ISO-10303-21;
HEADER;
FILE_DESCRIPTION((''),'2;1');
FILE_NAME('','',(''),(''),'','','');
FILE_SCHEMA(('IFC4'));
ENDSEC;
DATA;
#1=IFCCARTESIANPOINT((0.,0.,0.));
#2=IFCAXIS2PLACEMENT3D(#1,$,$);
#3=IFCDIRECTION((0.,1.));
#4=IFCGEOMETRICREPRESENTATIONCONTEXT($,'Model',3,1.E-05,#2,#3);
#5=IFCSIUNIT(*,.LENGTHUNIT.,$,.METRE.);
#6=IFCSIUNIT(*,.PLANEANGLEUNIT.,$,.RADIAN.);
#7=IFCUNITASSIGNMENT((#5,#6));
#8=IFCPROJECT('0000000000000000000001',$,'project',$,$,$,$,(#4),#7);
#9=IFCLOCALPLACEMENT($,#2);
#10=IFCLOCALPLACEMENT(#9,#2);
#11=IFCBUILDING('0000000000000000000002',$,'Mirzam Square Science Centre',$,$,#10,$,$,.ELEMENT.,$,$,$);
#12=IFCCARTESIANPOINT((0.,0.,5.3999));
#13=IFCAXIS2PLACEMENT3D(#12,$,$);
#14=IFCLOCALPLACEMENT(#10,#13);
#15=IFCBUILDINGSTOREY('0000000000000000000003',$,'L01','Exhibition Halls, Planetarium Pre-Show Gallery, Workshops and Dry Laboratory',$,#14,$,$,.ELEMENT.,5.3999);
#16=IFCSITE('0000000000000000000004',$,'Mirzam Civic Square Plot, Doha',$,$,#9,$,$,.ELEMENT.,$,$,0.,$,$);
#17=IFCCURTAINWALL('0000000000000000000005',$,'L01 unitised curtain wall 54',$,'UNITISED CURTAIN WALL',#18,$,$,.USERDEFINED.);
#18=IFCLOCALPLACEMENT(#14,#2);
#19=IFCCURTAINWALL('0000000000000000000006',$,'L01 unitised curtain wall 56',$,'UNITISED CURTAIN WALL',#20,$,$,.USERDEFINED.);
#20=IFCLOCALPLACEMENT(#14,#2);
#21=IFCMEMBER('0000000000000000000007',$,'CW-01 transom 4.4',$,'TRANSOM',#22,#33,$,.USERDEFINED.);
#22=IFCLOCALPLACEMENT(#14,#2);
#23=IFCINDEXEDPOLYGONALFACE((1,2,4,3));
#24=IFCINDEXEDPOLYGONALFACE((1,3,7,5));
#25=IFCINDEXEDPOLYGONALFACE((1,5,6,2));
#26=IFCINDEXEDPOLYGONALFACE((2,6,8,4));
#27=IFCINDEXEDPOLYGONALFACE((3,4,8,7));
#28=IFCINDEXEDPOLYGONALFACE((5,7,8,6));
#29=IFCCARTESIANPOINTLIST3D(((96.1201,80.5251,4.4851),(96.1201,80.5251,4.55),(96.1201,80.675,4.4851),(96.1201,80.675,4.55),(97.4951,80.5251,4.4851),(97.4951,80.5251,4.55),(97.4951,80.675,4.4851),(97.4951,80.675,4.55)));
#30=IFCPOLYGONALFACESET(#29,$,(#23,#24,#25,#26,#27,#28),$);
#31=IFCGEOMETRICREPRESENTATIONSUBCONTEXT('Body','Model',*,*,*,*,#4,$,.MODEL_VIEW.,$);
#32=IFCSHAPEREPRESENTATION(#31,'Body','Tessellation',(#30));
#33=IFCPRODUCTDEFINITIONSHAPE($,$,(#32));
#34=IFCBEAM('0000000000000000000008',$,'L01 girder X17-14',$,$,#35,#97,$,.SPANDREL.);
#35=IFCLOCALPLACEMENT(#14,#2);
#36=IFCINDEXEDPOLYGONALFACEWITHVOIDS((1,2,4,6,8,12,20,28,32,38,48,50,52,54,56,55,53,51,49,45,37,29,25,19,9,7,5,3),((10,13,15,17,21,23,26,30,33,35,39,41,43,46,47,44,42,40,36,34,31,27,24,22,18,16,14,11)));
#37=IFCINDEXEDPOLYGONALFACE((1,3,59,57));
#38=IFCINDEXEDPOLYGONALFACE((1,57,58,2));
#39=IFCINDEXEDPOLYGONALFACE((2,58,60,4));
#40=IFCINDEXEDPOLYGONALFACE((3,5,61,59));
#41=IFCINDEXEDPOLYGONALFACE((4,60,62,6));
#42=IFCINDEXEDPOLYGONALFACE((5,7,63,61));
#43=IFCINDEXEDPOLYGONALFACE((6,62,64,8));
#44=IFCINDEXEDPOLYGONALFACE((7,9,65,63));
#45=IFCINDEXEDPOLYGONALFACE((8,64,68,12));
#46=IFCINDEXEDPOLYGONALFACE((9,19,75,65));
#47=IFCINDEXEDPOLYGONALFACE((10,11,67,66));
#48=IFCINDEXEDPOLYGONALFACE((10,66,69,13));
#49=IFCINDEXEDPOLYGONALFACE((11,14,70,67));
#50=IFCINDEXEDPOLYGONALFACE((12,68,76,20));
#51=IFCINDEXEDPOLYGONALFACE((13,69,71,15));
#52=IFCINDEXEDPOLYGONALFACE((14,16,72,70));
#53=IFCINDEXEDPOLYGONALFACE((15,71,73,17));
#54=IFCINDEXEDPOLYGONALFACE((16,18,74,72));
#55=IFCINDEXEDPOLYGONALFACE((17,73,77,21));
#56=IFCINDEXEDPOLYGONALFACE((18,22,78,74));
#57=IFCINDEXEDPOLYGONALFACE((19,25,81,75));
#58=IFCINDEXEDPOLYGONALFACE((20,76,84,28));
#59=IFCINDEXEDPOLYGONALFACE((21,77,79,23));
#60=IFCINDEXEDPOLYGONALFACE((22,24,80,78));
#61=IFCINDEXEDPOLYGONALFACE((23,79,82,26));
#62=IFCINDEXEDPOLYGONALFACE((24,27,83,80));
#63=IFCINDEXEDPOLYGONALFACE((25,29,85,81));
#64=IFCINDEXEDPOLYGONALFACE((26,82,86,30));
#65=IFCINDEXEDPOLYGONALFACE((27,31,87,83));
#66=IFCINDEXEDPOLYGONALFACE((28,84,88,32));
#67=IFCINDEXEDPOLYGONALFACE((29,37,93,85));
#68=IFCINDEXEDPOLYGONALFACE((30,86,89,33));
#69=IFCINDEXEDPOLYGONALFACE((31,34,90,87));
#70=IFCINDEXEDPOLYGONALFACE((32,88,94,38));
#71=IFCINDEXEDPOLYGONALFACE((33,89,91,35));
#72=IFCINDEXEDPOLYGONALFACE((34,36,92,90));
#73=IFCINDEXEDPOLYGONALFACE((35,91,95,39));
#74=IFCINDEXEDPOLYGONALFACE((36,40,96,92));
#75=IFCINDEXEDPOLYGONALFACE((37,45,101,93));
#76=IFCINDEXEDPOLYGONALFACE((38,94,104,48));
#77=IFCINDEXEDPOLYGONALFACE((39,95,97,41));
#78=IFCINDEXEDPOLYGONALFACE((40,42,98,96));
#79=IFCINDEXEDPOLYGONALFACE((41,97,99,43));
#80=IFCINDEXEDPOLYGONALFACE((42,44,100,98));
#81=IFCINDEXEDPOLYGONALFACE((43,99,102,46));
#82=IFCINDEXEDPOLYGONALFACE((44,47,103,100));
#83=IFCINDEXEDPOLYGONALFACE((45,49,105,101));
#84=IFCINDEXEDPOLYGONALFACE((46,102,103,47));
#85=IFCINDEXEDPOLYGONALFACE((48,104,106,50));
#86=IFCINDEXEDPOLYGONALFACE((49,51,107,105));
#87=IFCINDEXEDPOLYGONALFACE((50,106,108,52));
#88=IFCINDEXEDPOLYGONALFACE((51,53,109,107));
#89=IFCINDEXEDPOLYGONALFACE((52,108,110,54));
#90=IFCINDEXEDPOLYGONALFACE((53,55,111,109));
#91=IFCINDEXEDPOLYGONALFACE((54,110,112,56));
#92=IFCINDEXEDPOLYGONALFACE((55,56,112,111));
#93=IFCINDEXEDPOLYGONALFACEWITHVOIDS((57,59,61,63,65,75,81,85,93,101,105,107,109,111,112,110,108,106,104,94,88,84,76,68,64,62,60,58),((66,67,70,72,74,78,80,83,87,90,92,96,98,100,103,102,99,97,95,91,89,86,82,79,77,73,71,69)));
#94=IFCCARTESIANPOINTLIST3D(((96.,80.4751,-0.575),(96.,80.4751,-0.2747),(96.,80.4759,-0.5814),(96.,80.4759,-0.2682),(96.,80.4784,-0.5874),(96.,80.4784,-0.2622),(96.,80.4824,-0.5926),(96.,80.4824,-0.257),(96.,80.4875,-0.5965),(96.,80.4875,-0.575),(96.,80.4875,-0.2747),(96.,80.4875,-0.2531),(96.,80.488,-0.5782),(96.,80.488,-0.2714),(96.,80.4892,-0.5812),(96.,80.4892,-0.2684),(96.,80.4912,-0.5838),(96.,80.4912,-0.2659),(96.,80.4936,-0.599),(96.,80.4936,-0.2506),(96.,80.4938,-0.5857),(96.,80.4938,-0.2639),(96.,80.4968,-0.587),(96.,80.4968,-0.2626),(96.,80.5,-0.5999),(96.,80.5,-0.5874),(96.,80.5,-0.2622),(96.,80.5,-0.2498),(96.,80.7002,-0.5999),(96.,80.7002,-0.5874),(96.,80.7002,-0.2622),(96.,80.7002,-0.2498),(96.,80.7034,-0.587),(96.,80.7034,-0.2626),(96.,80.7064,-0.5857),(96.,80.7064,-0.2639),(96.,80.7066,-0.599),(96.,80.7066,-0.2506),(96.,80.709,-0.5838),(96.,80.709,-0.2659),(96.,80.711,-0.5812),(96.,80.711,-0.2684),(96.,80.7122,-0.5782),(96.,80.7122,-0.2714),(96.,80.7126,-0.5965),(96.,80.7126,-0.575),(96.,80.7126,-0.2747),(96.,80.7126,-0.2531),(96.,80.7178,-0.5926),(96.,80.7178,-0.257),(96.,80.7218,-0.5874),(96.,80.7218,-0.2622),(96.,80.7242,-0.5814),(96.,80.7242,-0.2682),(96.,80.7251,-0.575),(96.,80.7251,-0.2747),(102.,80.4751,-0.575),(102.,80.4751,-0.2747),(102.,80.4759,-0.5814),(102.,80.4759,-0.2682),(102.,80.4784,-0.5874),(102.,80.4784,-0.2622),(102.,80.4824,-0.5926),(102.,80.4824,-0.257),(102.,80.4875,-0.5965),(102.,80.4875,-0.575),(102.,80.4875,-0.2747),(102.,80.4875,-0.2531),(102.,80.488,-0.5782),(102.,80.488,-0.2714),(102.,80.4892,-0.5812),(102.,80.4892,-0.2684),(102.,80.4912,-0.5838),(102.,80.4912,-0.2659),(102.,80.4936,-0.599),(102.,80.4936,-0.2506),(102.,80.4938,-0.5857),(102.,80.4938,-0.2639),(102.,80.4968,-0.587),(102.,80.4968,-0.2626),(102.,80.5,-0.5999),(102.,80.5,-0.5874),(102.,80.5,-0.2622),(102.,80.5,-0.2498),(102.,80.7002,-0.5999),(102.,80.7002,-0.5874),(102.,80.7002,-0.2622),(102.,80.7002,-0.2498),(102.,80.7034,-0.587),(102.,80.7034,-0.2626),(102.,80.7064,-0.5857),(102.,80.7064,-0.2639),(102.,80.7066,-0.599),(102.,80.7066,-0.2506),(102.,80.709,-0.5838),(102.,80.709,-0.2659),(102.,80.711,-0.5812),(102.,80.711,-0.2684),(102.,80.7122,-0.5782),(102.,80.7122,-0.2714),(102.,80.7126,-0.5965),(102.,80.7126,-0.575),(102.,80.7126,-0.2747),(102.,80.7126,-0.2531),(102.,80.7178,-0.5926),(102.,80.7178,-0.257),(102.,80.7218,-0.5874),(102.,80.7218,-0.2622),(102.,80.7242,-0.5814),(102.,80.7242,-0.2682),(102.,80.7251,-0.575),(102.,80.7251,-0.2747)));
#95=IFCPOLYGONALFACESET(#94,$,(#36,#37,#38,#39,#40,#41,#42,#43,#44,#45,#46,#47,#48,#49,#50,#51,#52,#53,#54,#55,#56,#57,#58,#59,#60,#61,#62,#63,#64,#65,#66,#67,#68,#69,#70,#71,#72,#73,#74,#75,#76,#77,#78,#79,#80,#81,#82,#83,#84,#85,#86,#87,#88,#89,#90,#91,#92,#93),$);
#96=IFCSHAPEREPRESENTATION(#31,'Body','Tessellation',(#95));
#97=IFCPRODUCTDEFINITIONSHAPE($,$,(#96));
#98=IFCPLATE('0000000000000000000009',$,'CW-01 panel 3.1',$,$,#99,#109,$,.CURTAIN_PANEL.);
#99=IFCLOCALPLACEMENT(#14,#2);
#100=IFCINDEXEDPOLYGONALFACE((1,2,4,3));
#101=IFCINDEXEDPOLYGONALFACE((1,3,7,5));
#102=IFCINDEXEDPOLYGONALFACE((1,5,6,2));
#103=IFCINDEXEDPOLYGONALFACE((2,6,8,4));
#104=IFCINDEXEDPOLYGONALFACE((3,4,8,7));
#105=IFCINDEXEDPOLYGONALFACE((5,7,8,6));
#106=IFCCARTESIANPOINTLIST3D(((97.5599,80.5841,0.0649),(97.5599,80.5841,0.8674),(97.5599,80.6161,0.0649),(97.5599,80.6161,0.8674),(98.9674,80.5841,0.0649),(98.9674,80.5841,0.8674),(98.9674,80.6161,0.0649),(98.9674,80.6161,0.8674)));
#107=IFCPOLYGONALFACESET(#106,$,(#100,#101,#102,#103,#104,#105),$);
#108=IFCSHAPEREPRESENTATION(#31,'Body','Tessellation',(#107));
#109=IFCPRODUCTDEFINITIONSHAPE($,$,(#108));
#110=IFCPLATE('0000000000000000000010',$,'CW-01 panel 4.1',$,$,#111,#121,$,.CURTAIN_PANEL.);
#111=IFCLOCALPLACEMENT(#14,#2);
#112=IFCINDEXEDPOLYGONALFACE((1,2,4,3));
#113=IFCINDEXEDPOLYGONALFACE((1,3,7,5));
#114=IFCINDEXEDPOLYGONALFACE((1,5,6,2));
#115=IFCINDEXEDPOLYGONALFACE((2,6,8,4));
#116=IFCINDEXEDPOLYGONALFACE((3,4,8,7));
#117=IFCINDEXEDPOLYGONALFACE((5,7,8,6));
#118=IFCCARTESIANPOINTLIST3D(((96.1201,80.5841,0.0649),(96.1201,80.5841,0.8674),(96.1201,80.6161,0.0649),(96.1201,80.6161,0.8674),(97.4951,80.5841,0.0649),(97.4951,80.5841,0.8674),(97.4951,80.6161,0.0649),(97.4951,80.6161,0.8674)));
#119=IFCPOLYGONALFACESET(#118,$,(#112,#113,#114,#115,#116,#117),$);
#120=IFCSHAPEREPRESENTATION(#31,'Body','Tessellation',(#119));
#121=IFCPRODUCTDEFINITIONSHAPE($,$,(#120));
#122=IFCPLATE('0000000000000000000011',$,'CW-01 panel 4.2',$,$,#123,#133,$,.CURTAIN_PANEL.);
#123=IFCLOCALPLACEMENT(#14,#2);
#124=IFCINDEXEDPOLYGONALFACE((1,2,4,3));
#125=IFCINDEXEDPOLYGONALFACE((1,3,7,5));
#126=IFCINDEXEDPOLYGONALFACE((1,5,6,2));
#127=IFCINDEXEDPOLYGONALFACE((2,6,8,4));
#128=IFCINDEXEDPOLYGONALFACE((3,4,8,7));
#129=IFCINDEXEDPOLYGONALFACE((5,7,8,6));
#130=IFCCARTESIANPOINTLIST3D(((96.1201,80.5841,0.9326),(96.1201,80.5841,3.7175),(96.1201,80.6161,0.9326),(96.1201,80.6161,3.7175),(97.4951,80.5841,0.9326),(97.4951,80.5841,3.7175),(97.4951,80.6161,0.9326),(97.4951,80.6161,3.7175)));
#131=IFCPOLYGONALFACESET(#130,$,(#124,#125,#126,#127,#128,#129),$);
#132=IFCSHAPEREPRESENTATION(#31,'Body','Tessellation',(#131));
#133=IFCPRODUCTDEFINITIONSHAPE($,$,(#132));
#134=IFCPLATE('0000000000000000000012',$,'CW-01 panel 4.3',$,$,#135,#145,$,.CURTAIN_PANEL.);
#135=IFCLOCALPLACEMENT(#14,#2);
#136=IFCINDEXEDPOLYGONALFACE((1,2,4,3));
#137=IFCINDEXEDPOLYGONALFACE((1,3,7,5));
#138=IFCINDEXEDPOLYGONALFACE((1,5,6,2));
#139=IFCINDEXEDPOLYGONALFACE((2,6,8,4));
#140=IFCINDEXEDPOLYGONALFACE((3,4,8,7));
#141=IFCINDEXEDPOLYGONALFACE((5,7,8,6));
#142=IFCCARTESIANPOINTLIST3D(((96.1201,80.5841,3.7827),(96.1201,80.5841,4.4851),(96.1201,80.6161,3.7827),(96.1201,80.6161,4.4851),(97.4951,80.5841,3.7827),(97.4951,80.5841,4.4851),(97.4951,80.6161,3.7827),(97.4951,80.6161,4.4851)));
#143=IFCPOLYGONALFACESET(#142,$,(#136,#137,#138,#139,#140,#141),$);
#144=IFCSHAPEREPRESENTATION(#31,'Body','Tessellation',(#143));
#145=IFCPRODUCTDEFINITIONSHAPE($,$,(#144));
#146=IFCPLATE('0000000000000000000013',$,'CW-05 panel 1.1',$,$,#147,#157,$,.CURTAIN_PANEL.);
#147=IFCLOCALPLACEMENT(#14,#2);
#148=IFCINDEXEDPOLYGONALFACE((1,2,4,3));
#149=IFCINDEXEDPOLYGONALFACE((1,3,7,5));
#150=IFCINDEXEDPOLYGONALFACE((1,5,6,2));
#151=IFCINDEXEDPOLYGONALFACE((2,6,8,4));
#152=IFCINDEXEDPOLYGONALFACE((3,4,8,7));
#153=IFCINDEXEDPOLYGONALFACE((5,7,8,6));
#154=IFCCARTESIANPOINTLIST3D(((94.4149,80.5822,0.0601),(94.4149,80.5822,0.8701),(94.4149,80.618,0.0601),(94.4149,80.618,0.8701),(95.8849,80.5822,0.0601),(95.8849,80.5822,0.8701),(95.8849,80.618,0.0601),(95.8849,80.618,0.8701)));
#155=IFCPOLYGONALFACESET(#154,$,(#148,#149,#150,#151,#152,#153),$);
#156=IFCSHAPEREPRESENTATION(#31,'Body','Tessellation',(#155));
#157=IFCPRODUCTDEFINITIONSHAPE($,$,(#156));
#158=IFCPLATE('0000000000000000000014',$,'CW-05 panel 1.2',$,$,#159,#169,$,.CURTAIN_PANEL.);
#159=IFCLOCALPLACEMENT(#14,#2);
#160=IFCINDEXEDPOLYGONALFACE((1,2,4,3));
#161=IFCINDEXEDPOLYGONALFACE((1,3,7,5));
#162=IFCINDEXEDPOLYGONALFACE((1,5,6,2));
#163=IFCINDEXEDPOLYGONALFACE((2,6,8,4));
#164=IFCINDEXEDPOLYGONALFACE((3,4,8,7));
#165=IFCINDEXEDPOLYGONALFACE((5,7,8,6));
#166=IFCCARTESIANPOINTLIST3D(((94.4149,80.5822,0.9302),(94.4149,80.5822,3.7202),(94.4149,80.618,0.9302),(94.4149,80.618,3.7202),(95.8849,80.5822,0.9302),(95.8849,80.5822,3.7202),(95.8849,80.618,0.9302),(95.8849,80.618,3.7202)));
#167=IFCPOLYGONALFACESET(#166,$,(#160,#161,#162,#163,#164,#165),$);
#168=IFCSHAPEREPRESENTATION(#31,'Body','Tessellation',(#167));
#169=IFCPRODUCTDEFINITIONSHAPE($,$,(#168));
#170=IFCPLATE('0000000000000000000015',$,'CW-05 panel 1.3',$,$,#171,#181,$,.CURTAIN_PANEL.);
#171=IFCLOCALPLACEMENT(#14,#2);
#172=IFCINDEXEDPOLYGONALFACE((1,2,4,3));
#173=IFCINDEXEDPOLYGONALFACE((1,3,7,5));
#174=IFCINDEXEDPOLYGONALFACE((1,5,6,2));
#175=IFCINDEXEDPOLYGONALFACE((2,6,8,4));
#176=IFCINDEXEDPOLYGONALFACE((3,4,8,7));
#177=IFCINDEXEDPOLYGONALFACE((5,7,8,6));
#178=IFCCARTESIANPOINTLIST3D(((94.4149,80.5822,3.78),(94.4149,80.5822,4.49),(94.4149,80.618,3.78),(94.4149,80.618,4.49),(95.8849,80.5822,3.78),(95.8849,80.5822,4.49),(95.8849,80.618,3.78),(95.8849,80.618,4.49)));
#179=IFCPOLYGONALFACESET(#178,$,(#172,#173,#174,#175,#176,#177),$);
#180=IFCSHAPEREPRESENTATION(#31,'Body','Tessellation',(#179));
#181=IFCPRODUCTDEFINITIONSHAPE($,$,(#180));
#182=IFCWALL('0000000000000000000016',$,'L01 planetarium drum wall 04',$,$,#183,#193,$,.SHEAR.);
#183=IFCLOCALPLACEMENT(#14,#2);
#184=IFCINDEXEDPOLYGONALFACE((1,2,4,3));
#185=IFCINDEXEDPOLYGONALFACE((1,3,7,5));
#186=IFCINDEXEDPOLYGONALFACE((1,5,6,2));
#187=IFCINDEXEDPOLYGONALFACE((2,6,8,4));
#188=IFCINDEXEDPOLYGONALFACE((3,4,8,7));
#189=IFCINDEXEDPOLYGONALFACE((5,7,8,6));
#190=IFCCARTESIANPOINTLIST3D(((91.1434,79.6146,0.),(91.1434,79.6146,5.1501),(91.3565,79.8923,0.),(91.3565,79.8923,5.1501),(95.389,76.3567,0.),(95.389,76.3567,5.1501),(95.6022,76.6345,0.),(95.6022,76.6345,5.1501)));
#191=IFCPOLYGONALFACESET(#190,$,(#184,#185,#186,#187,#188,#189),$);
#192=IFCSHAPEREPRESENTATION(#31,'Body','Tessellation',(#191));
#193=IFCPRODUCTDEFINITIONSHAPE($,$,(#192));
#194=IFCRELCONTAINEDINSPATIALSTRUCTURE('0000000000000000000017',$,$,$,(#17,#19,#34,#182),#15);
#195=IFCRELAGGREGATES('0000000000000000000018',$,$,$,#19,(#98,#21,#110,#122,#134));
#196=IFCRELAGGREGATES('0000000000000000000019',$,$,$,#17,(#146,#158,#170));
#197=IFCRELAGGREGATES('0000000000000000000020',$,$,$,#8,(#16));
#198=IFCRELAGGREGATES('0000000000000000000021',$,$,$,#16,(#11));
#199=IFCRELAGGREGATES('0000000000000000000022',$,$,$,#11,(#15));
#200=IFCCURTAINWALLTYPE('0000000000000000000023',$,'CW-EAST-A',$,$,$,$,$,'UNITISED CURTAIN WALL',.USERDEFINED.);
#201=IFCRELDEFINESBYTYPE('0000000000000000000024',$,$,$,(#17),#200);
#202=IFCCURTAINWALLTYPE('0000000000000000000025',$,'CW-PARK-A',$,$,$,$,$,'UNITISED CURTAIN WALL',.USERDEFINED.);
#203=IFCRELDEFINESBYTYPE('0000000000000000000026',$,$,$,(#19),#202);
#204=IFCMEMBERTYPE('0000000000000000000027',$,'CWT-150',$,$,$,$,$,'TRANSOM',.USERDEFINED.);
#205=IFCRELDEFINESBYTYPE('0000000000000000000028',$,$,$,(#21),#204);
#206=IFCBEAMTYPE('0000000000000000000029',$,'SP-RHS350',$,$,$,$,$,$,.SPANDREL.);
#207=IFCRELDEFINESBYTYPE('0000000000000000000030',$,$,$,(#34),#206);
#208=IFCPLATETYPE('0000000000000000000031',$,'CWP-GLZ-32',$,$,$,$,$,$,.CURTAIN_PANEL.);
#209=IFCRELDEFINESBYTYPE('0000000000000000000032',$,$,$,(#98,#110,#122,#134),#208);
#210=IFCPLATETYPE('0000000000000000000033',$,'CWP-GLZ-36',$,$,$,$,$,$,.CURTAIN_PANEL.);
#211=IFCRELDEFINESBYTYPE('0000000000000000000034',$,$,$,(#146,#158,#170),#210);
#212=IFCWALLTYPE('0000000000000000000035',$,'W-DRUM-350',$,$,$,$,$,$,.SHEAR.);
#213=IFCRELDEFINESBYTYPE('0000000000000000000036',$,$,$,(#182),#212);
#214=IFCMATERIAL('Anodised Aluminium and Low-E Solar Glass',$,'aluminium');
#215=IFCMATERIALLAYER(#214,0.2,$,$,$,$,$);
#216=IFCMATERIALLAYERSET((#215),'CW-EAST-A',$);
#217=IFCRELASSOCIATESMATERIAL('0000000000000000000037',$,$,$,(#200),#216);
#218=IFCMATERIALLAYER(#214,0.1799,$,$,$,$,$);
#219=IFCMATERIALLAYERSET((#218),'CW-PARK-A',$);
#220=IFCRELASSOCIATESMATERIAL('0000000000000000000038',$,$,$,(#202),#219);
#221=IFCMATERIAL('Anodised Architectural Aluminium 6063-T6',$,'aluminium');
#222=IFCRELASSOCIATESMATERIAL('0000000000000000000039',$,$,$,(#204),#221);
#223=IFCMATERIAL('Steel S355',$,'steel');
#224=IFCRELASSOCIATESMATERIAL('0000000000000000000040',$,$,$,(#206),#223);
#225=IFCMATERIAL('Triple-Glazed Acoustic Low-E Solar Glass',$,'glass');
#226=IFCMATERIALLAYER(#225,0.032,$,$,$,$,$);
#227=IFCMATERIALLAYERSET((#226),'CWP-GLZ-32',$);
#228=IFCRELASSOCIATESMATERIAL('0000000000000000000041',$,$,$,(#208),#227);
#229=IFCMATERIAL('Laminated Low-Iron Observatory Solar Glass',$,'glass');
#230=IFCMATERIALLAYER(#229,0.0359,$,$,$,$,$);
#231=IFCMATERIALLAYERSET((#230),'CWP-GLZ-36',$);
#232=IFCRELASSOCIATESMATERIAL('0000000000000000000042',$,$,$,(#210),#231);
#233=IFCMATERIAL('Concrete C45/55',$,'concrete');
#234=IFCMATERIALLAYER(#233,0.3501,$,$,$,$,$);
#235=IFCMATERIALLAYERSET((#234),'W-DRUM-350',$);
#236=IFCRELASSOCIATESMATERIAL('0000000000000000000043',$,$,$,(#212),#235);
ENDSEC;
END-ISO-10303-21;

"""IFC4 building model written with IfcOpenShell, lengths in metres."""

from ifc_helpers import new_model, si_unit, direction, frame, frame_2d, origin, origin_2d, place, context, subcontext, project, spatial, rectangle, hollow_rectangle, extrude, material, layer, layer_set, material_profile, profile_set, type_object, element, aggregate, save


model = new_model("IFC4")

# Units and contexts
model_context = context("Model", 3, precision=1e-05, world=origin(), true_north=direction((0.0, 1.0)))
body_context = subcontext(model_context, "Body", "Model", "MODEL_VIEW")
ifc_project = project(units=[si_unit("LENGTHUNIT", "METRE"), si_unit("PLANEANGLEUNIT", "RADIAN")], contexts=[model_context])

# Site, building, storey
site_placement = place(None, origin())
site = spatial("IfcSite", under=ifc_project, at=site_placement, Name="Mirzam Civic Square Plot, Doha", CompositionType="ELEMENT", RefElevation=0.0)
building_placement = place(site_placement, origin())
building = spatial("IfcBuilding", under=site, at=building_placement, Name="Mirzam Square Science Centre", CompositionType="ELEMENT")
storey_placement = place(building_placement, frame((0.0, 0.0, 5.3999)))
storey = spatial("IfcBuildingStorey", under=building, at=storey_placement, Name="L01", Description="Exhibition Halls, Planetarium Pre-Show Gallery, Workshops and Dry Laboratory", CompositionType="ELEMENT", Elevation=5.3999)

# Shared definitions
ifc_material_1 = material(Name="Steel S355", Category="steel")

# Curtain wall
ifc_material_2 = material(Name="Anodised Aluminium and Low-E Solar Glass", Category="aluminium")
ifc_layer_1 = layer(ifc_material_2, 0.2)
ifc_layer_set_1 = layer_set([ifc_layer_1], Name="CW-EAST-A")
curtain_wall_type_1 = type_object("IfcCurtainWallType", Name="CW-EAST-A", ElementType="UNITISED CURTAIN WALL", PredefinedType="USERDEFINED", material=ifc_layer_set_1)
curtain_wall_1_placement = place(storey_placement, origin())
curtain_wall_1 = element("IfcCurtainWall", 1, at=curtain_wall_1_placement, inside=storey, type_object=curtain_wall_type_1, Name="L01 unitised curtain wall 54", ObjectType="UNITISED CURTAIN WALL", PredefinedType="USERDEFINED")
ifc_material_3 = material(Name="Anodised Architectural Aluminium 6063-T6", Category="aluminium")

# Curtain wall
ifc_layer_2 = layer(ifc_material_2, 0.1799)
ifc_layer_set_2 = layer_set([ifc_layer_2], Name="CW-PARK-A")
curtain_wall_type_2 = type_object("IfcCurtainWallType", Name="CW-PARK-A", ElementType="UNITISED CURTAIN WALL", PredefinedType="USERDEFINED", material=ifc_layer_set_2)
curtain_wall_2_placement = place(storey_placement, origin())
curtain_wall_2 = element("IfcCurtainWall", 2, at=curtain_wall_2_placement, inside=storey, type_object=curtain_wall_type_2, Name="L01 unitised curtain wall 56", ObjectType="UNITISED CURTAIN WALL", PredefinedType="USERDEFINED")

# Member
ifc_material_profile_1 = material_profile(ifc_material_3, rectangle(XDim=0.1499, YDim=0.0649, at=origin_2d()), Name="ALU-TRAN-150x65x4")
ifc_profile_set_1 = profile_set([ifc_material_profile_1], Name="Anodised Architectural Aluminium 6063-T6")
member_type_1 = type_object("IfcMemberType", Name="CWT-150", ElementType="TRANSOM", PredefinedType="USERDEFINED", material=ifc_profile_set_1)
member_1_placement = place(storey_placement, frame((97.4951, 80.6001, 4.5176), z_axis=(-1.0, 0.0, 0.0), x_axis=(0.0, -1.0, 0.0)))
member_1 = element("IfcMember", 3, at=member_1_placement, type_object=member_type_1, Name="CW-01 transom 4.4", ObjectType="TRANSOM", PredefinedType="USERDEFINED", context=body_context, shape_type="SweptSolid", body=[
    extrude(rectangle(XDim=0.1499, YDim=0.0649, at=origin_2d()), origin(), (0.0, 0.0, 1.0), 1.375),
])

# Beam
ifc_material_profile_2 = material_profile(ifc_material_1, hollow_rectangle(XDim=0.25, YDim=0.3501, WallThickness=0.0125, InnerFilletRadius=0.0125, OuterFilletRadius=0.0249, at=origin_2d()), Name="350x250x12.5RHS")
ifc_profile_set_2 = profile_set([ifc_material_profile_2], Name="Steel S355")
beam_type = type_object("IfcBeamType", Name="SP-RHS350", PredefinedType="SPANDREL", material=ifc_profile_set_2)
beam_placement = place(storey_placement, frame((96.0, 80.6001, -0.4248), z_axis=(1.0, 0.0, 0.0), x_axis=(0.0, 1.0, 0.0)))
element("IfcBeam", 4, at=beam_placement, inside=storey, type_object=beam_type, Name="L01 girder X17-14", PredefinedType="SPANDREL", context=body_context, shape_type="SweptSolid", body=[
    extrude(hollow_rectangle(XDim=0.25, YDim=0.3501, WallThickness=0.0125, InnerFilletRadius=0.0125, OuterFilletRadius=0.0249, at=origin_2d()), origin(), (0.0, 0.0, 1.0), 6.0),
])

# Plates
ifc_material_4 = material(Name="Triple-Glazed Acoustic Low-E Solar Glass", Category="glass")
ifc_layer_3 = layer(ifc_material_4, 0.032)
ifc_layer_set_3 = layer_set([ifc_layer_3], Name="CWP-GLZ-32")
plate_type_1 = type_object("IfcPlateType", Name="CWP-GLZ-32", PredefinedType="CURTAIN_PANEL", material=ifc_layer_set_3)
plate_1_placement = place(storey_placement, frame((98.2637, 80.6001, 0.0649), z_axis=(0.0, 0.0, 1.0), x_axis=(-1.0, 0.0, 0.0)))
plate_1 = element("IfcPlate", 5, at=plate_1_placement, type_object=plate_type_1, Name="CW-01 panel 3.1", PredefinedType="CURTAIN_PANEL", context=body_context, shape_type="SweptSolid", body=[
    extrude(rectangle(XDim=1.4075, YDim=0.032, at=origin_2d()), origin(), (0.0, 0.0, 1.0), 0.8025),
])
plate_2_placement = place(storey_placement, frame((96.8076, 80.6001, 0.0649), z_axis=(0.0, 0.0, 1.0), x_axis=(-1.0, 0.0, 0.0)))
plate_2 = element("IfcPlate", 6, at=plate_2_placement, type_object=plate_type_1, Name="CW-01 panel 4.1", PredefinedType="CURTAIN_PANEL", context=body_context, shape_type="SweptSolid", body=[
    extrude(rectangle(XDim=1.375, YDim=0.032, at=origin_2d()), origin(), (0.0, 0.0, 1.0), 0.8025),
])
plate_3_placement = place(storey_placement, frame((96.8076, 80.6001, 0.9326), z_axis=(0.0, 0.0, 1.0), x_axis=(-1.0, 0.0, 0.0)))
plate_3 = element("IfcPlate", 7, at=plate_3_placement, type_object=plate_type_1, Name="CW-01 panel 4.2", PredefinedType="CURTAIN_PANEL", context=body_context, shape_type="SweptSolid", body=[
    extrude(rectangle(XDim=1.375, YDim=0.032, at=origin_2d()), origin(), (0.0, 0.0, 1.0), 2.7849),
])
plate_4_placement = place(storey_placement, frame((96.8076, 80.6001, 3.7827), z_axis=(0.0, 0.0, 1.0), x_axis=(-1.0, 0.0, 0.0)))
plate_4 = element("IfcPlate", 8, at=plate_4_placement, type_object=plate_type_1, Name="CW-01 panel 4.3", PredefinedType="CURTAIN_PANEL", context=body_context, shape_type="SweptSolid", body=[
    extrude(rectangle(XDim=1.375, YDim=0.032, at=origin_2d()), origin(), (0.0, 0.0, 1.0), 0.7024),
])
aggregate(curtain_wall_2, [plate_1, member_1, plate_2, plate_3, plate_4])
ifc_material_5 = material(Name="Laminated Low-Iron Observatory Solar Glass", Category="glass")
ifc_layer_4 = layer(ifc_material_5, 0.0359)
ifc_layer_set_4 = layer_set([ifc_layer_4], Name="CWP-GLZ-36")
plate_type_2 = type_object("IfcPlateType", Name="CWP-GLZ-36", PredefinedType="CURTAIN_PANEL", material=ifc_layer_set_4)
plate_5_placement = place(storey_placement, frame((95.1499, 80.6001, 0.0601), z_axis=(0.0, 0.0, 1.0), x_axis=(-1.0, 0.0, 0.0)))
plate_5 = element("IfcPlate", 9, at=plate_5_placement, type_object=plate_type_2, Name="CW-05 panel 1.1", PredefinedType="CURTAIN_PANEL", context=body_context, shape_type="SweptSolid", body=[
    extrude(rectangle(XDim=1.47, YDim=0.0359, at=origin_2d()), origin(), (0.0, 0.0, 1.0), 0.8101),
])
plate_6_placement = place(storey_placement, frame((95.1499, 80.6001, 0.9302), z_axis=(0.0, 0.0, 1.0), x_axis=(-1.0, 0.0, 0.0)))
plate_6 = element("IfcPlate", 10, at=plate_6_placement, type_object=plate_type_2, Name="CW-05 panel 1.2", PredefinedType="CURTAIN_PANEL", context=body_context, shape_type="SweptSolid", body=[
    extrude(rectangle(XDim=1.47, YDim=0.0359, at=origin_2d()), origin(), (0.0, 0.0, 1.0), 2.79),
])
plate_7_placement = place(storey_placement, frame((95.1499, 80.6001, 3.78), z_axis=(0.0, 0.0, 1.0), x_axis=(-1.0, 0.0, 0.0)))
plate_7 = element("IfcPlate", 11, at=plate_7_placement, type_object=plate_type_2, Name="CW-05 panel 1.3", PredefinedType="CURTAIN_PANEL", context=body_context, shape_type="SweptSolid", body=[
    extrude(rectangle(XDim=1.47, YDim=0.0359, at=origin_2d()), origin(), (0.0, 0.0, 1.0), 0.71),
])
aggregate(curtain_wall_1, [plate_5, plate_6, plate_7])

# Wall
ifc_material_6 = material(Name="Concrete C45/55", Category="concrete")
ifc_layer_5 = layer(ifc_material_6, 0.3501)
ifc_layer_set_5 = layer_set([ifc_layer_5], Name="W-DRUM-350")
wall_type = type_object("IfcWallType", Name="W-DRUM-350", PredefinedType="SHEAR", material=ifc_layer_set_5)
wall_placement = place(storey_placement, frame((95.4956, 76.4956, 0.0), z_axis=(0.0, 0.0, 1.0), x_axis=(-0.793349, 0.608767, 0.0)))
element("IfcWall", 12, at=wall_placement, inside=storey, type_object=wall_type, Name="L01 planetarium drum wall 04", PredefinedType="SHEAR", context=body_context, shape_type="SweptSolid", body=[
    extrude(rectangle(XDim=5.3516, YDim=0.3501, at=frame_2d((2.6758, 0.0))), origin(), (0.0, 0.0, 1.0), 5.1501),
])

save(model, "model.ifc")
